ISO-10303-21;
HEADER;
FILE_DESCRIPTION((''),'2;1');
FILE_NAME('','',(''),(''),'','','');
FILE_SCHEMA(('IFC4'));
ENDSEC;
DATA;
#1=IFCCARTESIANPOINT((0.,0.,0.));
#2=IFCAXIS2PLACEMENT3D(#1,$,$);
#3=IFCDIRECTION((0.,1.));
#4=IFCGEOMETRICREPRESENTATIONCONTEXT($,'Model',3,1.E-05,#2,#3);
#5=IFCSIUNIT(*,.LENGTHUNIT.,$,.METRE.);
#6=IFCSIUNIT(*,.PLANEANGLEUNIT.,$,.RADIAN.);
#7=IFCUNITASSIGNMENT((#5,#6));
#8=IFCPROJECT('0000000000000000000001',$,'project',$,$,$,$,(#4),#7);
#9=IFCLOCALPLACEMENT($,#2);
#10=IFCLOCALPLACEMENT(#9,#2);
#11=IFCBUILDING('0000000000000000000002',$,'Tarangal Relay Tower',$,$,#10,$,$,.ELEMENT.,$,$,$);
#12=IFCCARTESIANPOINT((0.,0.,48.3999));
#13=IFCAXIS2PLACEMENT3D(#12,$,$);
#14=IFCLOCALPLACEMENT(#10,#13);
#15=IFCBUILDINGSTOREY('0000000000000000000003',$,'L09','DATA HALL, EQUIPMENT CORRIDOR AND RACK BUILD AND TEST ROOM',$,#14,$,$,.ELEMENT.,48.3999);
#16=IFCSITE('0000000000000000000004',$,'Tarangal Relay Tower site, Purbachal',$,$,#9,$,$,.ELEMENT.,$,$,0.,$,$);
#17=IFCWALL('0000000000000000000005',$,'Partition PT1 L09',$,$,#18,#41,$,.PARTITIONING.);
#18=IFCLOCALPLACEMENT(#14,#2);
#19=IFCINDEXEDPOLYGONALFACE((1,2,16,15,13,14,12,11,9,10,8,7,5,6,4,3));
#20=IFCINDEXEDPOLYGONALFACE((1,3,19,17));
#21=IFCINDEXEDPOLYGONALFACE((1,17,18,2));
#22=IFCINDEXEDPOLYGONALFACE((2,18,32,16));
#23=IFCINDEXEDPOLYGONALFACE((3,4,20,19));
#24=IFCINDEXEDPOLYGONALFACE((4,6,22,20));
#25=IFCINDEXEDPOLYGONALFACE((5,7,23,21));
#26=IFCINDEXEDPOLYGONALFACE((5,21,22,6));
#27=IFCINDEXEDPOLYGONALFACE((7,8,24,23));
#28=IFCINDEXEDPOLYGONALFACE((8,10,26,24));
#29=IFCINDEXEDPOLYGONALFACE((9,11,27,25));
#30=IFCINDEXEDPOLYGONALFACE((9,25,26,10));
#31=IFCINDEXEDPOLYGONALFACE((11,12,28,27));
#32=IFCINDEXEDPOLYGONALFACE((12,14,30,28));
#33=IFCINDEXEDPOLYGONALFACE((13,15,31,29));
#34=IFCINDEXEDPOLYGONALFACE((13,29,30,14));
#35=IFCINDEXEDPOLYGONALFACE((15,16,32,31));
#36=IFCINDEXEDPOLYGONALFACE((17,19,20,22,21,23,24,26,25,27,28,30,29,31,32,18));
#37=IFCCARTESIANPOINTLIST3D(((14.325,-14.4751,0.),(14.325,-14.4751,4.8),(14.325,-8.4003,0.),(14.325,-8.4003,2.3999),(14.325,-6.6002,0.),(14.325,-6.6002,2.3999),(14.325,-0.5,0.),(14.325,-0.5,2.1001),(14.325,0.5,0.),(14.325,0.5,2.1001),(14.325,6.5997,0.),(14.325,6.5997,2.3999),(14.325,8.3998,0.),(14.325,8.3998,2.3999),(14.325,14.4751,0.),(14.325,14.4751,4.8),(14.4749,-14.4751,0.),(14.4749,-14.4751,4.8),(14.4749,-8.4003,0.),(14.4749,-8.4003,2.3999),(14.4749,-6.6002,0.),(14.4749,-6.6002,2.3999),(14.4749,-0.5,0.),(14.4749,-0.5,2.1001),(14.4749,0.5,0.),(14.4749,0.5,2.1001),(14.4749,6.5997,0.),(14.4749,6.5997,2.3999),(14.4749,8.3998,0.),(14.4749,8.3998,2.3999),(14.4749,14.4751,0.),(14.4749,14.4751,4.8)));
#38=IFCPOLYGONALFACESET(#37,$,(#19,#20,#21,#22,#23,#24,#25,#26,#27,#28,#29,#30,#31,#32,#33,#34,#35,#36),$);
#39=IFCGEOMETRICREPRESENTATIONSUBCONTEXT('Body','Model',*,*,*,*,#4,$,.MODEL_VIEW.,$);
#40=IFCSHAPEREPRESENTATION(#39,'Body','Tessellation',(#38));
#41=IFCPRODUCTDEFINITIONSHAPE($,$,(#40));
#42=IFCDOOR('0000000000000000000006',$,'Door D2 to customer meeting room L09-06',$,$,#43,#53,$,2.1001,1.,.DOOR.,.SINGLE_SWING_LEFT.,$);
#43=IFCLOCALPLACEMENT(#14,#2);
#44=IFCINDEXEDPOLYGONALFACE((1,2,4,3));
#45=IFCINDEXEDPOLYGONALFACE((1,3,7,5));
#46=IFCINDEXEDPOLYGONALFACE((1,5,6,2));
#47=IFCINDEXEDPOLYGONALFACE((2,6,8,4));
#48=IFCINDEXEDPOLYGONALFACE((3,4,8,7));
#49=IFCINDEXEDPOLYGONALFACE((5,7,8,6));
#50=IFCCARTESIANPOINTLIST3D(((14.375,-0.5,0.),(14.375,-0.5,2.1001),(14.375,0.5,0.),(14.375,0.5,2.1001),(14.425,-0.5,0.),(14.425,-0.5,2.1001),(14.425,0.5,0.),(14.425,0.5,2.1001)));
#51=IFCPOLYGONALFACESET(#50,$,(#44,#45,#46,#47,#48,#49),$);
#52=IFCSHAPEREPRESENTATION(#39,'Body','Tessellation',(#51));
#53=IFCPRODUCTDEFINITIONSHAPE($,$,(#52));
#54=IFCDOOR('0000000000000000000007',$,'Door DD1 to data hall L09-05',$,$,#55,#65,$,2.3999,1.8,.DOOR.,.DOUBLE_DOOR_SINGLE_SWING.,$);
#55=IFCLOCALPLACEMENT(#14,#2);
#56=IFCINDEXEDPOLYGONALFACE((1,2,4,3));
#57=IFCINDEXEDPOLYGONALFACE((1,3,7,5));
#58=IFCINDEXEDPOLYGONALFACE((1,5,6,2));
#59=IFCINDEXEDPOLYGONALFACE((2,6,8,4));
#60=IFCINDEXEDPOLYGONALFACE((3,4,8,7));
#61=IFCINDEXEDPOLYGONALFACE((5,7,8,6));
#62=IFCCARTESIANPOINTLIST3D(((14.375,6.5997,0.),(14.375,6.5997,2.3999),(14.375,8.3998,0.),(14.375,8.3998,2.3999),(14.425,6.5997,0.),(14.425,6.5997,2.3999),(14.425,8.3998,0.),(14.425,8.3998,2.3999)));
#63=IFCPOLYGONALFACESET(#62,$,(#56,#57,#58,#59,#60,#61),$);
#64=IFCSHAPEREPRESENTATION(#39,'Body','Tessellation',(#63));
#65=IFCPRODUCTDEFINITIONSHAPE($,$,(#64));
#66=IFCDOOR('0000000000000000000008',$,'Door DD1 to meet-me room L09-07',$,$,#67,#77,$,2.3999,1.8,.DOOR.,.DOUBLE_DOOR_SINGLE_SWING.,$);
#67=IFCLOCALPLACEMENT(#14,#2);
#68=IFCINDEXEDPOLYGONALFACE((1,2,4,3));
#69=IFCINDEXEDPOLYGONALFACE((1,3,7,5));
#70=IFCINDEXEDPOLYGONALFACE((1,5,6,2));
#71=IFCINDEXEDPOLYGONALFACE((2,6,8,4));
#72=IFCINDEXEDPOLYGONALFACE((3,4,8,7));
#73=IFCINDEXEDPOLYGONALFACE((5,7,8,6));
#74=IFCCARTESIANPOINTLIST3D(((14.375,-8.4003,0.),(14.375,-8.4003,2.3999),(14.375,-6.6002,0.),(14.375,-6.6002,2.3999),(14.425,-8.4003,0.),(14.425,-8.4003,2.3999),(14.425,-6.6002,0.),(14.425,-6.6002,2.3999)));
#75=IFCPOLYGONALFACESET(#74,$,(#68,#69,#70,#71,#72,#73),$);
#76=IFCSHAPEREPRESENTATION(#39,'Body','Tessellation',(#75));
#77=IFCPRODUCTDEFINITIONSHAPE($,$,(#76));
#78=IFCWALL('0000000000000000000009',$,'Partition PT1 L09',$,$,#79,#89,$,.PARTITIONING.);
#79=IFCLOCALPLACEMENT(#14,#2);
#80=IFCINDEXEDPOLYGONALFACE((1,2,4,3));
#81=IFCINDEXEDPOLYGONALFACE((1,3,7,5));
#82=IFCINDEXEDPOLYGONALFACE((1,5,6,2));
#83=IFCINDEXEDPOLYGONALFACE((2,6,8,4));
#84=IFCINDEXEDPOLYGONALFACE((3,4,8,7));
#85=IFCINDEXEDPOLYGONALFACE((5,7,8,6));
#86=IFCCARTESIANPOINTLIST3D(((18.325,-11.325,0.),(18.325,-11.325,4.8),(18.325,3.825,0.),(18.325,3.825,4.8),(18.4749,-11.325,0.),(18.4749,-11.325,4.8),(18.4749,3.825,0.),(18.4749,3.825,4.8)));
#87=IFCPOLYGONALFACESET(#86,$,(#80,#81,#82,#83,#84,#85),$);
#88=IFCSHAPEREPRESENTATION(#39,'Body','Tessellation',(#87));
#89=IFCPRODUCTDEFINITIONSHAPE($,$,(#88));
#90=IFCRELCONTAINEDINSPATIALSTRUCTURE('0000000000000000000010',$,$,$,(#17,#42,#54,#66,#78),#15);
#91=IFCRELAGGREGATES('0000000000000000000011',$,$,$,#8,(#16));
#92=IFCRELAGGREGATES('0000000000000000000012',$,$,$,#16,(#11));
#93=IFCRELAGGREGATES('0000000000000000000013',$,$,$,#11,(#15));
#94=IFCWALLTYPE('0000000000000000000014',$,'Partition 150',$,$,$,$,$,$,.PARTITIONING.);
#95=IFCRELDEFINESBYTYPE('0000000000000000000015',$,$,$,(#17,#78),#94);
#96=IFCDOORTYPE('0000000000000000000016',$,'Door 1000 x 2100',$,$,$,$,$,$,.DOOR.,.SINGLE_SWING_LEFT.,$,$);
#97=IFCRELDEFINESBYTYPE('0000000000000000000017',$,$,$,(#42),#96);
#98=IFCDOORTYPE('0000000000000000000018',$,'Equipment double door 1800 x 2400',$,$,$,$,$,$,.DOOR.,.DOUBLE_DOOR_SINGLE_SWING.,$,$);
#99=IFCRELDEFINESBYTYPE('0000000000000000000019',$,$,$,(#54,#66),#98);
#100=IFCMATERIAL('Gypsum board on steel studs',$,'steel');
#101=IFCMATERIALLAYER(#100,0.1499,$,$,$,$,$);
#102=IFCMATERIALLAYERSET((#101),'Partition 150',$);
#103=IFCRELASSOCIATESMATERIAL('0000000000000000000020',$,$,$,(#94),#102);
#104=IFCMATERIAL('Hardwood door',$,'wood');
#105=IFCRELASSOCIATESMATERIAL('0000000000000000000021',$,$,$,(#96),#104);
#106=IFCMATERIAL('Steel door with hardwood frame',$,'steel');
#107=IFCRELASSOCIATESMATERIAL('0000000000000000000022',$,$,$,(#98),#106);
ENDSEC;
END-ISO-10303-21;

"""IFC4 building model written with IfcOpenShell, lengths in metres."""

from ifc_helpers import new_model, si_unit, direction, frame, frame_2d, origin, place, context, subcontext, project, spatial, rectangle, extrude, material, layer, layer_set, type_object, element, fill, save


model = new_model("IFC4")

# Units and contexts
model_context = context("Model", 3, precision=1e-05, world=origin(), true_north=direction((0.0, 1.0)))
body_context = subcontext(model_context, "Body", "Model", "MODEL_VIEW")
ifc_project = project(units=[si_unit("LENGTHUNIT", "METRE"), si_unit("PLANEANGLEUNIT", "RADIAN")], contexts=[model_context])

# Site, building, storey
site_placement = place(None, origin())
site = spatial("IfcSite", under=ifc_project, at=site_placement, Name="Tarangal Relay Tower site, Purbachal", CompositionType="ELEMENT", RefElevation=0.0)
building_placement = place(site_placement, origin())
building = spatial("IfcBuilding", under=site, at=building_placement, Name="Tarangal Relay Tower", CompositionType="ELEMENT")
storey_placement = place(building_placement, frame((0.0, 0.0, 48.3999)))
storey = spatial("IfcBuildingStorey", under=building, at=storey_placement, Name="L09", Description="DATA HALL, EQUIPMENT CORRIDOR AND RACK BUILD AND TEST ROOM", CompositionType="ELEMENT", Elevation=48.3999)

# Shared definitions
ifc_material_1 = material(Name="Hardwood door", Category="wood")

# Shared definitions
ifc_material_2 = material(Name="Steel door with hardwood frame", Category="steel")

# Shared definitions
ifc_material_3 = material(Name="Gypsum board on steel studs", Category="steel")
ifc_layer_1 = layer(ifc_material_3, 0.1499)
ifc_layer_set_1 = layer_set([ifc_layer_1], Name="Partition 150")
wall_type_1 = type_object("IfcWallType", Name="Partition 150", PredefinedType="PARTITIONING", material=ifc_layer_set_1)

# Wall, openings, doors
wall_1_placement = place(storey_placement, frame((14.3999, -14.4751, 0.0), z_axis=(0.0, 0.0, 1.0), x_axis=(0.0, 1.0, 0.0)))
wall_1 = element("IfcWall", 1, at=wall_1_placement, inside=storey, type_object=wall_type_1, Name="Partition PT1 L09", PredefinedType="PARTITIONING", context=body_context, shape_type="SweptSolid", body=[
    extrude(rectangle(XDim=28.9502, YDim=0.1499, at=frame_2d((14.4751, 0.0))), origin(), (0.0, 0.0, 1.0), 4.8),
])
opening_1_placement = place(wall_1_placement, frame((21.075, 0.0, 0.0)))
opening_1 = element("IfcOpeningElement", 2, at=opening_1_placement, cuts=wall_1, PredefinedType="OPENING", context=body_context, shape_type="SweptSolid", body=[
    extrude(rectangle(XDim=1.8, YDim=2.3999, at=frame_2d((0.8999, 1.2))), frame((0.0, 0.085, 0.0), z_axis=(0.0, -1.0, 0.0), x_axis=(1.0, 0.0, 0.0)), (0.0, 0.0, 1.0), 0.1699),
])
opening_2_placement = place(wall_1_placement, frame((13.9751, 0.0, 0.0)))
opening_2 = element("IfcOpeningElement", 3, at=opening_2_placement, cuts=wall_1, PredefinedType="OPENING", context=body_context, shape_type="SweptSolid", body=[
    extrude(rectangle(XDim=1.0, YDim=2.1001, at=frame_2d((0.5, 1.05))), frame((0.0, 0.085, 0.0), z_axis=(0.0, -1.0, 0.0), x_axis=(1.0, 0.0, 0.0)), (0.0, 0.0, 1.0), 0.1699),
])
opening_3_placement = place(wall_1_placement, frame((6.075, 0.0, 0.0)))
opening_3 = element("IfcOpeningElement", 4, at=opening_3_placement, cuts=wall_1, PredefinedType="OPENING", context=body_context, shape_type="SweptSolid", body=[
    extrude(rectangle(XDim=1.8, YDim=2.3999, at=frame_2d((0.8999, 1.2))), frame((0.0, 0.085, 0.0), z_axis=(0.0, -1.0, 0.0), x_axis=(1.0, 0.0, 0.0)), (0.0, 0.0, 1.0), 0.1699),
])
door_type_1 = type_object("IfcDoorType", Name="Door 1000 x 2100", OperationType="SINGLE_SWING_LEFT", PredefinedType="DOOR", material=ifc_material_1)
door_1_placement = place(opening_2_placement, origin())
door_1 = element("IfcDoor", 5, at=door_1_placement, inside=storey, type_object=door_type_1, Name="Door D2 to customer meeting room L09-06", OperationType="SINGLE_SWING_LEFT", OverallHeight=2.1001, OverallWidth=1.0, PredefinedType="DOOR", context=body_context, shape_type="SweptSolid", body=[
    extrude(rectangle(XDim=1.0, YDim=2.1001, at=frame_2d((0.5, 1.05))), frame((0.0, 0.0249, 0.0), z_axis=(0.0, -1.0, 0.0), x_axis=(1.0, 0.0, 0.0)), (0.0, 0.0, 1.0), 0.05),
])
fill(opening_2, door_1)
door_type_2 = type_object("IfcDoorType", Name="Equipment double door 1800 x 2400", OperationType="DOUBLE_DOOR_SINGLE_SWING", PredefinedType="DOOR", material=ifc_material_2)
door_2_placement = place(opening_1_placement, origin())
door_2 = element("IfcDoor", 6, at=door_2_placement, inside=storey, type_object=door_type_2, Name="Door DD1 to data hall L09-05", OperationType="DOUBLE_DOOR_SINGLE_SWING", OverallHeight=2.3999, OverallWidth=1.8, PredefinedType="DOOR", context=body_context, shape_type="SweptSolid", body=[
    extrude(rectangle(XDim=1.8, YDim=2.3999, at=frame_2d((0.8999, 1.2))), frame((0.0, 0.0249, 0.0), z_axis=(0.0, -1.0, 0.0), x_axis=(1.0, 0.0, 0.0)), (0.0, 0.0, 1.0), 0.05),
])
fill(opening_1, door_2)
door_3_placement = place(opening_3_placement, origin())
door_3 = element("IfcDoor", 7, at=door_3_placement, inside=storey, type_object=door_type_2, Name="Door DD1 to meet-me room L09-07", OperationType="DOUBLE_DOOR_SINGLE_SWING", OverallHeight=2.3999, OverallWidth=1.8, PredefinedType="DOOR", context=body_context, shape_type="SweptSolid", body=[
    extrude(rectangle(XDim=1.8, YDim=2.3999, at=frame_2d((0.8999, 1.2))), frame((0.0, 0.0249, 0.0), z_axis=(0.0, -1.0, 0.0), x_axis=(1.0, 0.0, 0.0)), (0.0, 0.0, 1.0), 0.05),
])
fill(opening_3, door_3)

# Wall
wall_2_placement = place(storey_placement, frame((18.3999, -11.325, 0.0), z_axis=(0.0, 0.0, 1.0), x_axis=(0.0, 1.0, 0.0)))
element("IfcWall", 8, at=wall_2_placement, inside=storey, type_object=wall_type_1, Name="Partition PT1 L09", PredefinedType="PARTITIONING", context=body_context, shape_type="SweptSolid", body=[
    extrude(rectangle(XDim=15.1499, YDim=0.1499, at=frame_2d((7.575, 0.0))), origin(), (0.0, 0.0, 1.0), 4.8),
])

save(model, "model.ifc")
